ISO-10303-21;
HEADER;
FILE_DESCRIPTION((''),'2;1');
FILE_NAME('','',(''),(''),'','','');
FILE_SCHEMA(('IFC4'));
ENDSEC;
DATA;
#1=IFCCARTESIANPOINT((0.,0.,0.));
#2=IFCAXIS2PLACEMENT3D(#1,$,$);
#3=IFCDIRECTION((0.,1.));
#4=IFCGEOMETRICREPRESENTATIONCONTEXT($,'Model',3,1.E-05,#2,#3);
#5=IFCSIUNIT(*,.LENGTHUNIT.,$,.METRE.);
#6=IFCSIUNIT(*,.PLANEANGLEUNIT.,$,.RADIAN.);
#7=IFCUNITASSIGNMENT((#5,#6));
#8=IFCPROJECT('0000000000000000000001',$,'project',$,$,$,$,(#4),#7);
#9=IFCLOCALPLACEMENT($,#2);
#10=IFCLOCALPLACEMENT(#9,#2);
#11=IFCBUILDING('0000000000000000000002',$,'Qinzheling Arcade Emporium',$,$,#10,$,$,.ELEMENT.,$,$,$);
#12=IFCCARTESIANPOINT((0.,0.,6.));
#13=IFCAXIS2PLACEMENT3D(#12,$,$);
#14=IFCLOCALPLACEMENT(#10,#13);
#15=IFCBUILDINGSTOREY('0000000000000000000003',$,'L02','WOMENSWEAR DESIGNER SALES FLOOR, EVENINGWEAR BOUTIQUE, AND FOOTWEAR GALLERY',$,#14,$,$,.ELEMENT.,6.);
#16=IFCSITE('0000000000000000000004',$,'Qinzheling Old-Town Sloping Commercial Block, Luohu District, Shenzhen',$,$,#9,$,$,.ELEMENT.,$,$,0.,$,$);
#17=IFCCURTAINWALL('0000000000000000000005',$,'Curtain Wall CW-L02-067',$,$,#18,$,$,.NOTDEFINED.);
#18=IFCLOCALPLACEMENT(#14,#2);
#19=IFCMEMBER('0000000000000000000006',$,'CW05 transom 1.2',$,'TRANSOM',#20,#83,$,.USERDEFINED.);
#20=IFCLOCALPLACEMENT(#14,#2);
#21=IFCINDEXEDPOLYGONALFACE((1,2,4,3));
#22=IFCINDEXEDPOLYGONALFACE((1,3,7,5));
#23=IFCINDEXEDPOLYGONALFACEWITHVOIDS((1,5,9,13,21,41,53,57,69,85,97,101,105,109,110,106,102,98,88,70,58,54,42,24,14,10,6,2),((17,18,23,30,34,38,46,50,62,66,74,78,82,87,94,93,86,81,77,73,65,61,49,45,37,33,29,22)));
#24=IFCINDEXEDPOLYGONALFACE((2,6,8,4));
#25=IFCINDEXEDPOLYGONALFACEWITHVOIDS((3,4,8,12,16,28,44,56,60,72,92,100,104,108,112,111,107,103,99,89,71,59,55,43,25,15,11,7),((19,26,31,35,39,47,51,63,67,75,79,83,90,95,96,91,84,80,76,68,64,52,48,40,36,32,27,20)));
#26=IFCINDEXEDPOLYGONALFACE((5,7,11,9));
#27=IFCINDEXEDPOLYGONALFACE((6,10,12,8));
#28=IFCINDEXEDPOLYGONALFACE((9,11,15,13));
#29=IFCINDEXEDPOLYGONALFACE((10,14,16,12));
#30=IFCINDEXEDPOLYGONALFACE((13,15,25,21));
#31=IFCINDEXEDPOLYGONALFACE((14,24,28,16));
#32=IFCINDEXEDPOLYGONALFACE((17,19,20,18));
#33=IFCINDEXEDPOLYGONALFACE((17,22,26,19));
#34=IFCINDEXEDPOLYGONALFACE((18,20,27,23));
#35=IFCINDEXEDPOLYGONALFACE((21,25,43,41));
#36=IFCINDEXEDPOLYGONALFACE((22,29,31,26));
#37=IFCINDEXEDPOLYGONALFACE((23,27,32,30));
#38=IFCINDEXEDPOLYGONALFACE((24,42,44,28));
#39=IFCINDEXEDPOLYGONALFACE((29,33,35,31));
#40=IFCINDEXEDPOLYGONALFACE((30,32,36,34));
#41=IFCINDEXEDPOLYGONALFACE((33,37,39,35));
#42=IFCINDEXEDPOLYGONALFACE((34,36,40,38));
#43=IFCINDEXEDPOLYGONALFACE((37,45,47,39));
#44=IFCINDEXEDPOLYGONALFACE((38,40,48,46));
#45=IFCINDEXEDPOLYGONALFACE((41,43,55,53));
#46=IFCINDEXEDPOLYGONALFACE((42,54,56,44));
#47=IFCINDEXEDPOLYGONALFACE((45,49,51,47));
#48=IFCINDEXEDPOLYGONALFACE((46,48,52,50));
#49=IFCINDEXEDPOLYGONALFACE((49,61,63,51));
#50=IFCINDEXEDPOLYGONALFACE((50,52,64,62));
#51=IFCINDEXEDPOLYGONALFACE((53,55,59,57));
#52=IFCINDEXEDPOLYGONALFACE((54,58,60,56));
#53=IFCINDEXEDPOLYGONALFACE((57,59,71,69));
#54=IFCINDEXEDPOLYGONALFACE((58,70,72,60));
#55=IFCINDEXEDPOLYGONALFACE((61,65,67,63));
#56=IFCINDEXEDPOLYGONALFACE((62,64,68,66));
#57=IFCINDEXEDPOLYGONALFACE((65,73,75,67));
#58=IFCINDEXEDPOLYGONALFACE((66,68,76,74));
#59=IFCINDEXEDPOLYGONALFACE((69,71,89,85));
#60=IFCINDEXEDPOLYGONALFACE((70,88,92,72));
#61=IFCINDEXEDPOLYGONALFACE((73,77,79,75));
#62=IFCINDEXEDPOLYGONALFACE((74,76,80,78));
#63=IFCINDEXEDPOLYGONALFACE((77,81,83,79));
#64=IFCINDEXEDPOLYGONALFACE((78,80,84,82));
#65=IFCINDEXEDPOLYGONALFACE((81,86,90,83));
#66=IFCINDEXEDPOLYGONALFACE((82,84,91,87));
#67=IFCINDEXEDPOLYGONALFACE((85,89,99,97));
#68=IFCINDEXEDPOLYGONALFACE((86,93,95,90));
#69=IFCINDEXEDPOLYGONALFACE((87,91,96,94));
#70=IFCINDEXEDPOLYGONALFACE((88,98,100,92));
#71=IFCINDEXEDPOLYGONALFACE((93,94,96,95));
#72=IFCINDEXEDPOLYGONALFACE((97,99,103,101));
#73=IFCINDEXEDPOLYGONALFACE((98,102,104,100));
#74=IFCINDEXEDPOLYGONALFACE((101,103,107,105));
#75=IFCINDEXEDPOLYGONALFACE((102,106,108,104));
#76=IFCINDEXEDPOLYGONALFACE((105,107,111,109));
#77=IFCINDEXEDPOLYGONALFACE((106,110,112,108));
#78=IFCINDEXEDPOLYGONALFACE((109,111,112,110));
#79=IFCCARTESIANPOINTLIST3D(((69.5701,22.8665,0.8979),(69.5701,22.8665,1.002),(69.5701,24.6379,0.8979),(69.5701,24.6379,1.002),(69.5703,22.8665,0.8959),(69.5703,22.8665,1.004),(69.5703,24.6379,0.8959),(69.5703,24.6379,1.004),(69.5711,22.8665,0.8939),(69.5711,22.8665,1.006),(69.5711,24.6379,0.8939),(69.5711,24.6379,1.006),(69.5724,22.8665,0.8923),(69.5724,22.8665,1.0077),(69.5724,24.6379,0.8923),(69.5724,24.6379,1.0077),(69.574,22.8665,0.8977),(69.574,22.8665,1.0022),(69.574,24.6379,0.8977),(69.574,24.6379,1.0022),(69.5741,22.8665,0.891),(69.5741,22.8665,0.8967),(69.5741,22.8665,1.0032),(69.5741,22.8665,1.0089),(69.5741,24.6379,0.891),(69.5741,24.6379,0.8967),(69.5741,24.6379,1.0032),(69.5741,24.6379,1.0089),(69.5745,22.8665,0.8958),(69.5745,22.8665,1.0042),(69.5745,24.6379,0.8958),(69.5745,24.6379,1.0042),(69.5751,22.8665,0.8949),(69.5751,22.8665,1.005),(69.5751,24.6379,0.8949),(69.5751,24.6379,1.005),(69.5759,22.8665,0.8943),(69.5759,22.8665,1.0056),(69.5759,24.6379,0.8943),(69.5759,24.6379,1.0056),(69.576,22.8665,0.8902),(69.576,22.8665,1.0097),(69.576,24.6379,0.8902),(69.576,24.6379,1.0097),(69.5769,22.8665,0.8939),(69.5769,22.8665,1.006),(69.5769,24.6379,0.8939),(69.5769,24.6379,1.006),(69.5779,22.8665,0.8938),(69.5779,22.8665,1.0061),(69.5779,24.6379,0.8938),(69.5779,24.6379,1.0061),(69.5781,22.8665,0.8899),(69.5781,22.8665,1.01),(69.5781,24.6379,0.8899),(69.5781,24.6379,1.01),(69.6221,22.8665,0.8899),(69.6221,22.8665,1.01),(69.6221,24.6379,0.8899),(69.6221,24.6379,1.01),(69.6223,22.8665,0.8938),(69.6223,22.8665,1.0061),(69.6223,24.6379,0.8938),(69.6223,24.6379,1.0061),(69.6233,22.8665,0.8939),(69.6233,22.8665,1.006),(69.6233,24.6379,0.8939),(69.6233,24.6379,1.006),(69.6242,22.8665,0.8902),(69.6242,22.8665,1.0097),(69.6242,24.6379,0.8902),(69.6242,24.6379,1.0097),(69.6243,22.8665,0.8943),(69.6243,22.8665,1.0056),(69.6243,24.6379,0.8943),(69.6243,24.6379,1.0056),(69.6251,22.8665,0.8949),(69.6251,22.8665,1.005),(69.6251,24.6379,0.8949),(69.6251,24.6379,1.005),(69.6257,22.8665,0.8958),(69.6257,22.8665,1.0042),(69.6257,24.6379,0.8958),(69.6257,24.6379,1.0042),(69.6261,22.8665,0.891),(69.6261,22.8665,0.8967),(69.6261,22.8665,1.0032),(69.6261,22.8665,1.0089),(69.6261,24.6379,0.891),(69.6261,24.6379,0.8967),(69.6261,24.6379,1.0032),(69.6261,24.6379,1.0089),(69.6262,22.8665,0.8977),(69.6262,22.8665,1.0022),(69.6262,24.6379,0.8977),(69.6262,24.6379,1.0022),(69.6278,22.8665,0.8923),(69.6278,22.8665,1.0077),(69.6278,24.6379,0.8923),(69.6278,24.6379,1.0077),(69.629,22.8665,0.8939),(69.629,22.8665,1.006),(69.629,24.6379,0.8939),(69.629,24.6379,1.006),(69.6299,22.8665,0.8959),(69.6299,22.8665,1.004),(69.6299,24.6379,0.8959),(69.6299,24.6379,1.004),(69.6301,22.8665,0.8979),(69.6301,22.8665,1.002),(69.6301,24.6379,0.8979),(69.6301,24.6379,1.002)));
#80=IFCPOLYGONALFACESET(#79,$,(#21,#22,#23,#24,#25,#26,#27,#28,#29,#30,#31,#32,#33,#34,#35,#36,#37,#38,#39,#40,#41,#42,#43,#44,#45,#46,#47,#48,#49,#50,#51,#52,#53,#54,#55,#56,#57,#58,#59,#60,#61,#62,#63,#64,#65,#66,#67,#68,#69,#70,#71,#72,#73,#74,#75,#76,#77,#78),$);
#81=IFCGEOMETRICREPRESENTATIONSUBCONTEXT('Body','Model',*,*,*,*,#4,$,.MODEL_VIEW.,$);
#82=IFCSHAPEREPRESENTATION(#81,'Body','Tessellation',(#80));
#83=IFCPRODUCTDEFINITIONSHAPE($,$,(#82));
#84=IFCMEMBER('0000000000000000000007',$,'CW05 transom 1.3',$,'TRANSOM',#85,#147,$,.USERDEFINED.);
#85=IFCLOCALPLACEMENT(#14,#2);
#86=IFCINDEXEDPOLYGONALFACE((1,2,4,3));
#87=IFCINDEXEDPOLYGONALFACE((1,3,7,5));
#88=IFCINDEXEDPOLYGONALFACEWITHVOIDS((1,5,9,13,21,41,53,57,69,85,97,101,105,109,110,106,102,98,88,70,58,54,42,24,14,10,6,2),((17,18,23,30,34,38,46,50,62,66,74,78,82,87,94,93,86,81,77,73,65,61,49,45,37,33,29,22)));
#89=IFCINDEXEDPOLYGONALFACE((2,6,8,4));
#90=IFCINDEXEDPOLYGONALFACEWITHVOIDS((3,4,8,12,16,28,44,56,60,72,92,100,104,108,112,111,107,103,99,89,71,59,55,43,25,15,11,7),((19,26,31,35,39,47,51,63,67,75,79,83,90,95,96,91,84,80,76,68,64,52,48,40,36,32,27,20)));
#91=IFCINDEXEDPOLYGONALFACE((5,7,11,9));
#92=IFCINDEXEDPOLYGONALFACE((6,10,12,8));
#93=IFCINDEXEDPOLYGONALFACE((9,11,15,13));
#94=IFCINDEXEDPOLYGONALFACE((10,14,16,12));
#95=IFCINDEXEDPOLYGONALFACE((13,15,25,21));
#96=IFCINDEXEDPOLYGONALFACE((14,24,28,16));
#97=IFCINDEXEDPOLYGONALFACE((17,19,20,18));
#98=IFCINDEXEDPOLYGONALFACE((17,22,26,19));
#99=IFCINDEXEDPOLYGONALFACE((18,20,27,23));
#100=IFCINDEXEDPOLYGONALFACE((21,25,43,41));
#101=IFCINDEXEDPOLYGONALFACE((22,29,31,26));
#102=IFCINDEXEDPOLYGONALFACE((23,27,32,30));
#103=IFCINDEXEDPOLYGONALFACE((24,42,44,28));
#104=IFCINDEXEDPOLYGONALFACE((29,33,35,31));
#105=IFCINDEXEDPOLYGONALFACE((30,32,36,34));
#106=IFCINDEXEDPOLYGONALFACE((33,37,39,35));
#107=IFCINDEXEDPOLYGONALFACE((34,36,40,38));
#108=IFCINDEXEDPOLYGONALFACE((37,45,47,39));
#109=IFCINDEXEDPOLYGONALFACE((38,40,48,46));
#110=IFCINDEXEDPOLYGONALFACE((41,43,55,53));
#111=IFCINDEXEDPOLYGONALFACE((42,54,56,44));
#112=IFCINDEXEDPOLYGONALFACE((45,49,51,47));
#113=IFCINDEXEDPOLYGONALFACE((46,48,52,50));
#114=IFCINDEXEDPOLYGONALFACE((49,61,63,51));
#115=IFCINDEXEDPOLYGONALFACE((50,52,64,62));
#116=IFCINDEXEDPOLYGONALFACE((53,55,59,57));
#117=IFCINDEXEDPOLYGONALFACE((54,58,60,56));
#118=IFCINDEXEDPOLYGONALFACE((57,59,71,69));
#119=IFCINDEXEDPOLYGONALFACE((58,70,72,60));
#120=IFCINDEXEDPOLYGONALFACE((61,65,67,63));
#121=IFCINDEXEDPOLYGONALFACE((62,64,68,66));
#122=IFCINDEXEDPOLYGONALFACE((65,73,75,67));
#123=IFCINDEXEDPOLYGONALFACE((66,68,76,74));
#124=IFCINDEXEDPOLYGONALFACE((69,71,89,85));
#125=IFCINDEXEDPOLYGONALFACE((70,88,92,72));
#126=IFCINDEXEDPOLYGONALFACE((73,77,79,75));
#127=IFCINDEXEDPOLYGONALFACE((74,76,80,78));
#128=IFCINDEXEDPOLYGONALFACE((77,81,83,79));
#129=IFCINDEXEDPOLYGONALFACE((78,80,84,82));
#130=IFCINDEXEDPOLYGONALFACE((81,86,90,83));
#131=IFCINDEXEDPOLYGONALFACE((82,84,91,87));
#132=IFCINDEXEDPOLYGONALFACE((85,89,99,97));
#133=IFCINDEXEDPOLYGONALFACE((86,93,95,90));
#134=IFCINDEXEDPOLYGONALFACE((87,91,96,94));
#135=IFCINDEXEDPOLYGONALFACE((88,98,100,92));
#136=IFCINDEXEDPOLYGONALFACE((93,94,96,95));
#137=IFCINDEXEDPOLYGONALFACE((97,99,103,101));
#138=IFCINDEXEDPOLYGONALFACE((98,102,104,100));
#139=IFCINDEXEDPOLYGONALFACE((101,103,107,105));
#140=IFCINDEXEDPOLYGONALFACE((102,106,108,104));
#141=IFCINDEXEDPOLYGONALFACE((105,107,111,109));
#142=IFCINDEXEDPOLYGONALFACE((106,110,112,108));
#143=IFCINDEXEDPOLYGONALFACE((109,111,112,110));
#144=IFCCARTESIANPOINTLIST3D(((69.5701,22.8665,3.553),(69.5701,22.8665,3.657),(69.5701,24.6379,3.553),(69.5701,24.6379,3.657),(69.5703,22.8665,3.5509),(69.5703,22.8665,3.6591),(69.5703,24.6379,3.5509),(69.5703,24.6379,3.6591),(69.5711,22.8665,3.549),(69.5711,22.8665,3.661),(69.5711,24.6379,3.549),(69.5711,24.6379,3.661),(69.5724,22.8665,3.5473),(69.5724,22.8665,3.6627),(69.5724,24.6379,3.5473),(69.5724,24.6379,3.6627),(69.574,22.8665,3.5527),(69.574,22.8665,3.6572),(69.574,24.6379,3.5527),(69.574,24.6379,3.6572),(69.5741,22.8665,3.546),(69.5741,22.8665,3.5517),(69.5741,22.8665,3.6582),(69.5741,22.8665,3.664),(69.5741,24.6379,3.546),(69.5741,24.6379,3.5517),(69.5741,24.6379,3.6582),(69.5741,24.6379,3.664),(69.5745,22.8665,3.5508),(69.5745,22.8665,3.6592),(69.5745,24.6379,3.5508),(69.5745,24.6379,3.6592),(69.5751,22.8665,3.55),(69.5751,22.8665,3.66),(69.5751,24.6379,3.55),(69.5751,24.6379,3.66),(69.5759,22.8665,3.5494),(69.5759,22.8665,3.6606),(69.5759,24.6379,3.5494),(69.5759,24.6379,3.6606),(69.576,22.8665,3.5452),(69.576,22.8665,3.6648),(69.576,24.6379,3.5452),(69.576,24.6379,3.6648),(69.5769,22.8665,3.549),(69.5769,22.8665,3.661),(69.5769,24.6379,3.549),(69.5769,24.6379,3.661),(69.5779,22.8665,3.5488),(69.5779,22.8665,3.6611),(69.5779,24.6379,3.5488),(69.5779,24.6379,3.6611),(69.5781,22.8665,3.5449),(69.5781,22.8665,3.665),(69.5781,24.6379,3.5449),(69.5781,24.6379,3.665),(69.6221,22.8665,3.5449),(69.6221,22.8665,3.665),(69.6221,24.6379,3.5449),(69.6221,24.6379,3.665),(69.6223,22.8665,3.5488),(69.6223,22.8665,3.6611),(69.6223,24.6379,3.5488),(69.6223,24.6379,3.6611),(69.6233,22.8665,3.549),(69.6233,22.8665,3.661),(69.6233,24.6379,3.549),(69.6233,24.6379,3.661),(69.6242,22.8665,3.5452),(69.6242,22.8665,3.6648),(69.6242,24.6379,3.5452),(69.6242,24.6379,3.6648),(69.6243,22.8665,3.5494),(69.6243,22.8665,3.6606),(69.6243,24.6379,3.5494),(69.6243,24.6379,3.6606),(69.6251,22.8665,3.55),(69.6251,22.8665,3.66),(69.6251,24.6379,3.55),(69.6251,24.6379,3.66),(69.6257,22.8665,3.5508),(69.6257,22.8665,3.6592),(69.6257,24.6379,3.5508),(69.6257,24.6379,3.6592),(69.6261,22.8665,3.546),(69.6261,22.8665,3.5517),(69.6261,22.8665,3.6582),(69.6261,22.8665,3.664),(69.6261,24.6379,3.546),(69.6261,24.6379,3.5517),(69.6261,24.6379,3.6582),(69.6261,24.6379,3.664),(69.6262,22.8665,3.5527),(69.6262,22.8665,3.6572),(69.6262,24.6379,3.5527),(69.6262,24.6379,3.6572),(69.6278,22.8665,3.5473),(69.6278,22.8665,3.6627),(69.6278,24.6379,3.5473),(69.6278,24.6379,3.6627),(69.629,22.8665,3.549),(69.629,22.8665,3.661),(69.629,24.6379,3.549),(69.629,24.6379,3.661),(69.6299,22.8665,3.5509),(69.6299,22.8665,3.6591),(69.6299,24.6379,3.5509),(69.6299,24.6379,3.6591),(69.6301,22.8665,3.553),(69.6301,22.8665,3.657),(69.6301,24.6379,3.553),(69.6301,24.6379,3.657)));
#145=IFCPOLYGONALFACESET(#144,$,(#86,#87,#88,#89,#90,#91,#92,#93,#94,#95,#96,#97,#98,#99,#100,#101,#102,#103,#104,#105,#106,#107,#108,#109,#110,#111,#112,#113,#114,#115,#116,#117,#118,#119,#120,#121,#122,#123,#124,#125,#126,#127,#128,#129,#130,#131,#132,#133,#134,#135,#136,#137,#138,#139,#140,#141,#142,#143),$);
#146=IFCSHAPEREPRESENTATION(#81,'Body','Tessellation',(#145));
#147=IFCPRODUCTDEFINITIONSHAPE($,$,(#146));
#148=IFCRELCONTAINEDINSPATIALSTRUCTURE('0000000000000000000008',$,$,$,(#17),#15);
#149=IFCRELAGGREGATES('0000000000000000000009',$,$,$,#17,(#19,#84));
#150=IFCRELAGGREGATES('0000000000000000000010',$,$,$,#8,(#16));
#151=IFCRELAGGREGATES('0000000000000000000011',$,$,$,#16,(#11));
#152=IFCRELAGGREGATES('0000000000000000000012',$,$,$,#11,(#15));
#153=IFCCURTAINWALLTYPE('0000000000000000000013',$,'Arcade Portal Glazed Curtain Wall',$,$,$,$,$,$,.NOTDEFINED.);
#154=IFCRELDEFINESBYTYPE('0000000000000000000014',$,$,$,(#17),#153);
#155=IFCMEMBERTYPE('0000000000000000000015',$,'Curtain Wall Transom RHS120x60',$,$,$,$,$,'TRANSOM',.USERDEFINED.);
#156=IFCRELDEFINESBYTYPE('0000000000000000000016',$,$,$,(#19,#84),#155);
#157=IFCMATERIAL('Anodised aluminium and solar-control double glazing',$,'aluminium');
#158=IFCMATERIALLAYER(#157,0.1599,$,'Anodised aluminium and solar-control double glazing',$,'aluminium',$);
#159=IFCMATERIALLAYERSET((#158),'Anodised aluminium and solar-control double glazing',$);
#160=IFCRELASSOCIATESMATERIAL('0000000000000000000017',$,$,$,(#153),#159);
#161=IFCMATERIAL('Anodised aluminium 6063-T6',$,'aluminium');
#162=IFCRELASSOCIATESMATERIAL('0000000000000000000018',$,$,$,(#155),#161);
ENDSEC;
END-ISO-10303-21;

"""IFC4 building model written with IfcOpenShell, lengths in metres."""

from ifc_helpers import new_model, si_unit, direction, frame, origin, origin_2d, place, context, subcontext, project, spatial, hollow_rectangle, extrude, material, layer, layer_set, material_profile, profile_set, type_object, element, aggregate, save


model = new_model("IFC4")

# Units and contexts
model_context = context("Model", 3, precision=1e-05, world=origin(), true_north=direction((0.0, 1.0)))
body_context = subcontext(model_context, "Body", "Model", "MODEL_VIEW")
ifc_project = project(units=[si_unit("LENGTHUNIT", "METRE"), si_unit("PLANEANGLEUNIT", "RADIAN")], contexts=[model_context])

# Site, building, storey
site_placement = place(None, origin())
site = spatial("IfcSite", under=ifc_project, at=site_placement, Name="Qinzheling Old-Town Sloping Commercial Block, Luohu District, Shenzhen", CompositionType="ELEMENT", RefElevation=0.0)
building_placement = place(site_placement, origin())
building = spatial("IfcBuilding", under=site, at=building_placement, Name="Qinzheling Arcade Emporium", CompositionType="ELEMENT")
storey_placement = place(building_placement, frame((0.0, 0.0, 6.0)))
storey = spatial("IfcBuildingStorey", under=building, at=storey_placement, Name="L02", Description="WOMENSWEAR DESIGNER SALES FLOOR, EVENINGWEAR BOUTIQUE, AND FOOTWEAR GALLERY", CompositionType="ELEMENT", Elevation=6.0)

# Shared definitions
ifc_material_1 = material(Name="Anodised aluminium and solar-control double glazing", Category="aluminium")
ifc_layer_1 = layer(ifc_material_1, 0.1599, Name="Anodised aluminium and solar-control double glazing", Category="aluminium")
ifc_layer_set_1 = layer_set([ifc_layer_1], Name="Anodised aluminium and solar-control double glazing")
curtain_wall_type = type_object("IfcCurtainWallType", Name="Arcade Portal Glazed Curtain Wall", PredefinedType="NOTDEFINED", material=ifc_layer_set_1)
ifc_material_2 = material(Name="Anodised aluminium 6063-T6", Category="aluminium")

# Curtain wall
curtain_wall_1_placement = place(storey_placement, origin())
curtain_wall_1 = element("IfcCurtainWall", 1, at=curtain_wall_1_placement, inside=storey, type_object=curtain_wall_type, Name="Curtain Wall CW-L02-067", PredefinedType="NOTDEFINED")

# Members
ifc_material_profile_1 = material_profile(ifc_material_2, hollow_rectangle(XDim=0.0601, YDim=0.1201, WallThickness=0.0039, InnerFilletRadius=0.0039, OuterFilletRadius=0.0081, at=origin_2d()), Name="RHS 120x60x4", Category="aluminium")
ifc_profile_set_1 = profile_set([ifc_material_profile_1], Name="Anodised aluminium 6063-T6")
member_type_1 = type_object("IfcMemberType", Name="Curtain Wall Transom RHS120x60", ElementType="TRANSOM", PredefinedType="USERDEFINED", material=ifc_profile_set_1)
member_1_placement = place(storey_placement, frame((69.6001, 24.6379, 0.95), z_axis=(0.0, -1.0, 0.0), x_axis=(1.0, 0.0, 0.0)))
member_1 = element("IfcMember", 2, at=member_1_placement, type_object=member_type_1, Name="CW05 transom 1.2", ObjectType="TRANSOM", PredefinedType="USERDEFINED", context=body_context, shape_type="SweptSolid", body=[
    extrude(hollow_rectangle(XDim=0.0601, YDim=0.1201, WallThickness=0.0039, InnerFilletRadius=0.0039, OuterFilletRadius=0.0081, at=origin_2d()), origin(), (0.0, 0.0, 1.0), 1.7715),
])
member_2_placement = place(storey_placement, frame((69.6001, 24.6379, 3.605), z_axis=(0.0, -1.0, 0.0), x_axis=(1.0, 0.0, 0.0)))
member_2 = element("IfcMember", 3, at=member_2_placement, type_object=member_type_1, Name="CW05 transom 1.3", ObjectType="TRANSOM", PredefinedType="USERDEFINED", context=body_context, shape_type="SweptSolid", body=[
    extrude(hollow_rectangle(XDim=0.0601, YDim=0.1201, WallThickness=0.0039, InnerFilletRadius=0.0039, OuterFilletRadius=0.0081, at=origin_2d()), origin(), (0.0, 0.0, 1.0), 1.7715),
])

aggregate(curtain_wall_1, [member_1, member_2])

save(model, "model.ifc")
